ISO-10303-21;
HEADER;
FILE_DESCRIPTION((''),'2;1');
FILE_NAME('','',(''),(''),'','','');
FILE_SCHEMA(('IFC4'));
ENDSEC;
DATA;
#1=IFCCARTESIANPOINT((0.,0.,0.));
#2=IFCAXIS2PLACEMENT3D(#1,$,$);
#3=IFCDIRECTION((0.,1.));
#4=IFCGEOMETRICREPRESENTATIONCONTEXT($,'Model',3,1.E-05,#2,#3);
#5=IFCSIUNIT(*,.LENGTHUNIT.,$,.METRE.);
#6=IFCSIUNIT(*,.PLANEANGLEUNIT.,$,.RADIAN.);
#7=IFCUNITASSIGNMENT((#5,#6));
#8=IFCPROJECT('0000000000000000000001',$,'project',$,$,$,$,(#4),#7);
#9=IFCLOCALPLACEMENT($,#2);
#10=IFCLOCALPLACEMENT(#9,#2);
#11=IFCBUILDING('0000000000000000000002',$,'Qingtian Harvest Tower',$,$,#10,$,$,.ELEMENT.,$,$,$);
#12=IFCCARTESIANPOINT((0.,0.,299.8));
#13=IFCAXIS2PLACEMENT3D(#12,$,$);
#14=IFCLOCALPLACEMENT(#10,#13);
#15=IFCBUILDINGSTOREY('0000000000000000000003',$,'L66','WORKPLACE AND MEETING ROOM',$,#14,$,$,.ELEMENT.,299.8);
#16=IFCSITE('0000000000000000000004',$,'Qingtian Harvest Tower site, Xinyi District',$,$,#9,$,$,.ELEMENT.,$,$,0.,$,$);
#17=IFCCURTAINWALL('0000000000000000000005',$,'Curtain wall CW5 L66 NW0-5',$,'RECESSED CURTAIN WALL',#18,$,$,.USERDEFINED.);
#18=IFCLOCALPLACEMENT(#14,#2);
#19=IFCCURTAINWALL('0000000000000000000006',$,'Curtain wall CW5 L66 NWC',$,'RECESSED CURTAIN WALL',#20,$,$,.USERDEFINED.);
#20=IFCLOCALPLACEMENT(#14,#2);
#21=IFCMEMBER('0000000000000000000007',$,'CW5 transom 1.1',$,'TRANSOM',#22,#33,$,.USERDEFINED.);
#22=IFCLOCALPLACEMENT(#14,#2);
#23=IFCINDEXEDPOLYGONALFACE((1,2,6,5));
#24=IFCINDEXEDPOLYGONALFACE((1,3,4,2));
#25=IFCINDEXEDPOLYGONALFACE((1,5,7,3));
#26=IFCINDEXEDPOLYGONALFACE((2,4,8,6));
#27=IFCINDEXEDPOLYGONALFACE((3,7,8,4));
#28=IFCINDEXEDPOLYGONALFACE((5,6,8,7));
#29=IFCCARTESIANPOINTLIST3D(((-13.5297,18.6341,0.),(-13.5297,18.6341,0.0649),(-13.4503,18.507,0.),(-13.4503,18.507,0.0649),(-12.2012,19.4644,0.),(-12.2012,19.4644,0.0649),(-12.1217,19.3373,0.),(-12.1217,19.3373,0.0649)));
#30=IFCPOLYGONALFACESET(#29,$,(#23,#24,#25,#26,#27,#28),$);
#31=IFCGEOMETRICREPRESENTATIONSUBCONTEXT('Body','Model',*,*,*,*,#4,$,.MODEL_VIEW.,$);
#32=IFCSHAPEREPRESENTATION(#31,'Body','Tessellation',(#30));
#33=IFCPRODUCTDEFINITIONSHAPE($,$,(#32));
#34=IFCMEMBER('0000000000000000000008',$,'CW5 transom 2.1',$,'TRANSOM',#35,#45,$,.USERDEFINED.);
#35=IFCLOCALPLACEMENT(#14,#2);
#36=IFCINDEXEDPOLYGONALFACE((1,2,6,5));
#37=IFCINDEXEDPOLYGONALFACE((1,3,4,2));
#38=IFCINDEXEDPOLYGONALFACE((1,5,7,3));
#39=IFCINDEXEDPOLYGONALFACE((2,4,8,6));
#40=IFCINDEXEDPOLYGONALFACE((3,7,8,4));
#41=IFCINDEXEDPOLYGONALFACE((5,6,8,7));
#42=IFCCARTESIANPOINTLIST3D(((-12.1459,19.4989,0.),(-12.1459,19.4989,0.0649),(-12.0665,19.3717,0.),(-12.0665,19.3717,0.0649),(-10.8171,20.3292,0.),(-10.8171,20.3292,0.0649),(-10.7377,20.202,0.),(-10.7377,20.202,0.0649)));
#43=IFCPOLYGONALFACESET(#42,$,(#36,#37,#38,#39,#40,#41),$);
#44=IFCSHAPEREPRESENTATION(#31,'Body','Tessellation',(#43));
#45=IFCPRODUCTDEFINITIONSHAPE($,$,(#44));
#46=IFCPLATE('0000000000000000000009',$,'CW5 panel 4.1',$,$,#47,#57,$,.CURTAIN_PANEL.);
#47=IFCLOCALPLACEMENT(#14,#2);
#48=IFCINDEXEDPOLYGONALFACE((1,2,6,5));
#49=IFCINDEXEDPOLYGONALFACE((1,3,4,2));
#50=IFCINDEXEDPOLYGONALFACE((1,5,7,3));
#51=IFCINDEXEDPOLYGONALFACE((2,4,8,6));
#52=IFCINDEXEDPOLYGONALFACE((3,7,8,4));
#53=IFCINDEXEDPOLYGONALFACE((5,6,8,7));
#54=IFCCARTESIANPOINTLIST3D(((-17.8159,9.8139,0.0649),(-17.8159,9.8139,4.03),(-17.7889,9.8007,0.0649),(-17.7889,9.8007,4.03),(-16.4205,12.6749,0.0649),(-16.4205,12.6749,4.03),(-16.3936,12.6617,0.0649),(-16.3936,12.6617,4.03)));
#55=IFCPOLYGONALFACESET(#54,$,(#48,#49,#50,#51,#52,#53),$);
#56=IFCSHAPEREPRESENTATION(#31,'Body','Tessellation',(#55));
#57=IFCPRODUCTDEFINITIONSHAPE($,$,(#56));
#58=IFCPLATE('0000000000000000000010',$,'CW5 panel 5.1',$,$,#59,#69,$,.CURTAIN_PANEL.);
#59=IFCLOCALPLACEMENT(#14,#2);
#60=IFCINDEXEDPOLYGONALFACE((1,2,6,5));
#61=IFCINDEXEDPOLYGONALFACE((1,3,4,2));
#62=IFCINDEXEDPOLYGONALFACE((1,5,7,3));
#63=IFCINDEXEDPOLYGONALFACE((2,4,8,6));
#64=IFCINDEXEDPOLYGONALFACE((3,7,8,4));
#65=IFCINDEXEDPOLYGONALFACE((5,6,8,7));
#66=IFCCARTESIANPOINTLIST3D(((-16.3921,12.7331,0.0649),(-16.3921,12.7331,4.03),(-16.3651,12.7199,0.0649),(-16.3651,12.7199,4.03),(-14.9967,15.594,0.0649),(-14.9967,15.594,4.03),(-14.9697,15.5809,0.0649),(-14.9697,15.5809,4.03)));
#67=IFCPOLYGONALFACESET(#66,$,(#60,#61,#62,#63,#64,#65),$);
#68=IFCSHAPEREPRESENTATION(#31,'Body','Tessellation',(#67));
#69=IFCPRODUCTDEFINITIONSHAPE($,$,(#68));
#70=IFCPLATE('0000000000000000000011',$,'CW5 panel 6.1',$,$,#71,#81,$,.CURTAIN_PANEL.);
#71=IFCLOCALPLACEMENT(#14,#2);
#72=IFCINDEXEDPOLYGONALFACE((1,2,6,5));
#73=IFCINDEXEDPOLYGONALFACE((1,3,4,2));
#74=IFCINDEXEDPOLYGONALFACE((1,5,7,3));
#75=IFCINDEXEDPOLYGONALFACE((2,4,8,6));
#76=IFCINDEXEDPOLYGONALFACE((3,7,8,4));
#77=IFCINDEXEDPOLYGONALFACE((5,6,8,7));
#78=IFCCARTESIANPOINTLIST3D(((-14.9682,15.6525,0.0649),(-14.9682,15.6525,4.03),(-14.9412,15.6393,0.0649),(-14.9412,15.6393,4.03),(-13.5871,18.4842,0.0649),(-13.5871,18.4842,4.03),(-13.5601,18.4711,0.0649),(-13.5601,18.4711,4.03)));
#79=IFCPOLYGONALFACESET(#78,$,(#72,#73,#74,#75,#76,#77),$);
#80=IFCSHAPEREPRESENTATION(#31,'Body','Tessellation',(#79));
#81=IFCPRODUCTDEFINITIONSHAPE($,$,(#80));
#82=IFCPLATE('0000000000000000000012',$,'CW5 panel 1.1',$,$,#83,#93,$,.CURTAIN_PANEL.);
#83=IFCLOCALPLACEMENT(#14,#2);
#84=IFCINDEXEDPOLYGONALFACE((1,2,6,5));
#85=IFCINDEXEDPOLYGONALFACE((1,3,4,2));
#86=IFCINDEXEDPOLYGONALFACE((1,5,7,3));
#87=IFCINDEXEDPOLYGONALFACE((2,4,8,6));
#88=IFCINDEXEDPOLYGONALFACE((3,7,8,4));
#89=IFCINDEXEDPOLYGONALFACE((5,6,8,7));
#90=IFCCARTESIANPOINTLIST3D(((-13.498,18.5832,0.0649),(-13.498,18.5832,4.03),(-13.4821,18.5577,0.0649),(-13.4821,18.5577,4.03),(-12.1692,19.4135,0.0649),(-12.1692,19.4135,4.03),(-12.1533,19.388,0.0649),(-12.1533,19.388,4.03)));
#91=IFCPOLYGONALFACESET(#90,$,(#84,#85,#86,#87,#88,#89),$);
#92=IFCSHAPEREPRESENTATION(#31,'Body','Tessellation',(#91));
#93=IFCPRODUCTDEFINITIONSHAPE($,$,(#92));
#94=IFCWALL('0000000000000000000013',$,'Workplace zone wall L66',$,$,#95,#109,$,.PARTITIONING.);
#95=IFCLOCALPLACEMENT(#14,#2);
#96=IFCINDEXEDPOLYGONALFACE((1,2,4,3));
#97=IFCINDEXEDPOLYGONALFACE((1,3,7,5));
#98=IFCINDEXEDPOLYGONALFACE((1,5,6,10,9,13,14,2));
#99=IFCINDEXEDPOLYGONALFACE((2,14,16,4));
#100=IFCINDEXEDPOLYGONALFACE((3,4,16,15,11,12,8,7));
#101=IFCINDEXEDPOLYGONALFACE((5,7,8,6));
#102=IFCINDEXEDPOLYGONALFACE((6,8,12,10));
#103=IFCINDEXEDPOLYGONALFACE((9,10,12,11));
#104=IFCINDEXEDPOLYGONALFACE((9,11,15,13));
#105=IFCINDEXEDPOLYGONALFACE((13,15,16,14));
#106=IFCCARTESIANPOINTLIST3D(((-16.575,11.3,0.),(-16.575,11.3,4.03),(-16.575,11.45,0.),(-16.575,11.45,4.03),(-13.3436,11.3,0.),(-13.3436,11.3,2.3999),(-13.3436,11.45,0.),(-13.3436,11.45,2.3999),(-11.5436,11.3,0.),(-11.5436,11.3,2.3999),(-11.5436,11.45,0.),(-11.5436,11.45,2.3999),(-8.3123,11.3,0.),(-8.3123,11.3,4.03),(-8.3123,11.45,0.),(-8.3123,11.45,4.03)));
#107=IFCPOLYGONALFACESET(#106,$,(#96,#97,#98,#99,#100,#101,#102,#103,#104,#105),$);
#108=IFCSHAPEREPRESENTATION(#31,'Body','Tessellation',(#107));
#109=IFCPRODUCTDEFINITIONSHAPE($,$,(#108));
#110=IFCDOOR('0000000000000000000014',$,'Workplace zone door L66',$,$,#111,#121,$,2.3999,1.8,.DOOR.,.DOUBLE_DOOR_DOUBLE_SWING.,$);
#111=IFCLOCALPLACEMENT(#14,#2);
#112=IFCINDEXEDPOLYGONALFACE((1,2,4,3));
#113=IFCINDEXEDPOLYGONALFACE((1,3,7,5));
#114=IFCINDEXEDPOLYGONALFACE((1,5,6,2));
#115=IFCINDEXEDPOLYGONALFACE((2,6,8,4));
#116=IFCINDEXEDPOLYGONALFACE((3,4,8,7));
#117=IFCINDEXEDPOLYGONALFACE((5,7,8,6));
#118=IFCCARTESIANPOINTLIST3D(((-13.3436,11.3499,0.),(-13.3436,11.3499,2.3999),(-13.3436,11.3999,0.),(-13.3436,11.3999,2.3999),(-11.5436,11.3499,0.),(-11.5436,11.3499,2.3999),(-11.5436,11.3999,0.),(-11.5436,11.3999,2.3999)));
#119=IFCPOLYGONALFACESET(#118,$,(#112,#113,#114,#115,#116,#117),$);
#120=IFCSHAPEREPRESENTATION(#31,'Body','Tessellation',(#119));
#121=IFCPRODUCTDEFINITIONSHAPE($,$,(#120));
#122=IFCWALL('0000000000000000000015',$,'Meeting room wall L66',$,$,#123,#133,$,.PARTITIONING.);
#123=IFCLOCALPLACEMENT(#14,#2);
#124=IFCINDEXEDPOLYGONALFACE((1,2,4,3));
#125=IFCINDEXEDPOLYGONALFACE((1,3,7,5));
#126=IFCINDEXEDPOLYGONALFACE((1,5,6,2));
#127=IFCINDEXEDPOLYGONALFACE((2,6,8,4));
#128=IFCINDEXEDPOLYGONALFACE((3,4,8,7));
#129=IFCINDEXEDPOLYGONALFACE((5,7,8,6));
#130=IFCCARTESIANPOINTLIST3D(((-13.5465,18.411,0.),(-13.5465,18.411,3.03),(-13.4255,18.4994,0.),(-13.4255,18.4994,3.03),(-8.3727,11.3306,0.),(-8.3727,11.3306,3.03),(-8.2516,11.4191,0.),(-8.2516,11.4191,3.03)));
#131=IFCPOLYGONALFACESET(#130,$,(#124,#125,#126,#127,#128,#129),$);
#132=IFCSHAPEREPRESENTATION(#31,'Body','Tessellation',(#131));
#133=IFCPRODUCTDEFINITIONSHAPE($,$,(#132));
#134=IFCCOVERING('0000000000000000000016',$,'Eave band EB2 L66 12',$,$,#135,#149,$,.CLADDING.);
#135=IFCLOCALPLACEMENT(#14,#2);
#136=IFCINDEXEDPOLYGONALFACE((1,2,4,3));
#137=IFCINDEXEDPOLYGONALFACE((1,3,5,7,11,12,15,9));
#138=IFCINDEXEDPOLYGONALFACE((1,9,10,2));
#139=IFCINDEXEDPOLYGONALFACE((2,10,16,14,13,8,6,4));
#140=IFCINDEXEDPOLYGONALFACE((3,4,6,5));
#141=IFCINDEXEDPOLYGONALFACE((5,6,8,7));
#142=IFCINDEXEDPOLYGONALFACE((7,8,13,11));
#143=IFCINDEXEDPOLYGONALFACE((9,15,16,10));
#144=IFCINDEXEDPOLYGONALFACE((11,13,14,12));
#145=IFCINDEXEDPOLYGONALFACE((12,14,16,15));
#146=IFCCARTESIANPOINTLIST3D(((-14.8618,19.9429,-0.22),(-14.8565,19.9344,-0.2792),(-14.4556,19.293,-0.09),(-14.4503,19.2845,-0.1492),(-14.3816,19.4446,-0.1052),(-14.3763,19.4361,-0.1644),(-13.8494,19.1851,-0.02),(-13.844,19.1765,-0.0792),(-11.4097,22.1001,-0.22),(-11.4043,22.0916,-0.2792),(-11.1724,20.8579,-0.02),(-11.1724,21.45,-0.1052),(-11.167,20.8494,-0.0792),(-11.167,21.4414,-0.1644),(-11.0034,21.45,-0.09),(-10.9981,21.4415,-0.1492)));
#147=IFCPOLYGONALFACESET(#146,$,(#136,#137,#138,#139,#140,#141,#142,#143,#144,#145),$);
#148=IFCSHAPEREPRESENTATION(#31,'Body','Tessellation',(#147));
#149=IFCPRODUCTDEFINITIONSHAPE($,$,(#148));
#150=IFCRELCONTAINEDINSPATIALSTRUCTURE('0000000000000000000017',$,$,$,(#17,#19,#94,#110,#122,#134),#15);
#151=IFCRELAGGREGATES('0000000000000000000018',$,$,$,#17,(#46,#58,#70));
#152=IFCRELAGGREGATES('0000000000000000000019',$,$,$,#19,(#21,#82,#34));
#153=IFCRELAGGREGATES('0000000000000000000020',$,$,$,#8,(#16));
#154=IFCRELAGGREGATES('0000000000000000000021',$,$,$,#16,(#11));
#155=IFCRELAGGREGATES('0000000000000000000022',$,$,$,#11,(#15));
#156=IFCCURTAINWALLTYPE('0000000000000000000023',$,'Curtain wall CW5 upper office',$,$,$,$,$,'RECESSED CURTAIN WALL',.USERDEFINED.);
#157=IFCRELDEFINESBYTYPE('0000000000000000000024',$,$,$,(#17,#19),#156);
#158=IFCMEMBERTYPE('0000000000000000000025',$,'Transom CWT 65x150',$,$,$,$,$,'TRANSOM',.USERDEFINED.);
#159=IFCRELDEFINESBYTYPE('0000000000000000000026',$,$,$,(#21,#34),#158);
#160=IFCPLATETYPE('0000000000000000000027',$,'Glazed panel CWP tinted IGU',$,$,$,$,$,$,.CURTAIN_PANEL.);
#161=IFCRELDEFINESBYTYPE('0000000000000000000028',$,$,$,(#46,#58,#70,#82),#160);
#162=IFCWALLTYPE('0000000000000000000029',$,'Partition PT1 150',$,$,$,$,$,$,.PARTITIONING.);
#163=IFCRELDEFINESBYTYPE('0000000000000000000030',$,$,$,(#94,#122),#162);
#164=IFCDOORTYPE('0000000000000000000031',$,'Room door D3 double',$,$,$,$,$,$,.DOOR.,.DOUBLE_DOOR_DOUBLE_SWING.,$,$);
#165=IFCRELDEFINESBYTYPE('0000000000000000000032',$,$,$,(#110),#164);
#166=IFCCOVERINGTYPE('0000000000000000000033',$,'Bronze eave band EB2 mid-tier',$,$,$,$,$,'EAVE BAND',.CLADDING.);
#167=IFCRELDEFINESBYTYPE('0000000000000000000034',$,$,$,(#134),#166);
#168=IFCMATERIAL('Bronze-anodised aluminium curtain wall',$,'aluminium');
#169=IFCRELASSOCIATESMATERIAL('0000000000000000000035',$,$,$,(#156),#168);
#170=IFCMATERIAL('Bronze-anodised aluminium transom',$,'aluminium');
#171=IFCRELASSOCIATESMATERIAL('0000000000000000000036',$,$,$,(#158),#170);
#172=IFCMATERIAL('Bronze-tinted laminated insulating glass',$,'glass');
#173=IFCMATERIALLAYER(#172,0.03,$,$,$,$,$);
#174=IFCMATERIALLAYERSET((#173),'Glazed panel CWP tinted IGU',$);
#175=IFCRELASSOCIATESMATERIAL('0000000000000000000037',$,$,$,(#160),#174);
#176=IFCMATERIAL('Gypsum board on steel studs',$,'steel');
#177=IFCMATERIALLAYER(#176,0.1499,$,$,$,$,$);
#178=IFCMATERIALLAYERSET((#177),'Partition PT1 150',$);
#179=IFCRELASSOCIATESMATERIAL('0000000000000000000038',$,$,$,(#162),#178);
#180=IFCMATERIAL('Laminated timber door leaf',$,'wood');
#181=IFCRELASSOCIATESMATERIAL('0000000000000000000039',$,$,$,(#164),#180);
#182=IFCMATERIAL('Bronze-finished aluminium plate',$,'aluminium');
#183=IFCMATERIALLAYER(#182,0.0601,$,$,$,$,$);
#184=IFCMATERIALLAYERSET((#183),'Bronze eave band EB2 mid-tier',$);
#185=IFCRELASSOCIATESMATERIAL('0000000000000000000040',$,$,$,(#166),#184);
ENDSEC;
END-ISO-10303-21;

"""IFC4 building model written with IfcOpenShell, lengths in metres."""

from ifc_helpers import new_model, si_unit, direction, frame, frame_2d, origin, origin_2d, place, context, subcontext, project, spatial, polyline, rectangle, outline, extrude, material, layer, layer_set, material_profile, profile_set, type_object, element, fill, aggregate, save


model = new_model("IFC4")

# Units and contexts
model_context = context("Model", 3, precision=1e-05, world=origin(), true_north=direction((0.0, 1.0)))
body_context = subcontext(model_context, "Body", "Model", "MODEL_VIEW")
ifc_project = project(units=[si_unit("LENGTHUNIT", "METRE"), si_unit("PLANEANGLEUNIT", "RADIAN")], contexts=[model_context])

# Site, building, storey
site_placement = place(None, origin())
site = spatial("IfcSite", under=ifc_project, at=site_placement, Name="Qingtian Harvest Tower site, Xinyi District", CompositionType="ELEMENT", RefElevation=0.0)
building_placement = place(site_placement, origin())
building = spatial("IfcBuilding", under=site, at=building_placement, Name="Qingtian Harvest Tower", CompositionType="ELEMENT")
storey_placement = place(building_placement, frame((0.0, 0.0, 299.8)))
storey = spatial("IfcBuildingStorey", under=building, at=storey_placement, Name="L66", Description="WORKPLACE AND MEETING ROOM", CompositionType="ELEMENT", Elevation=299.8)

# Curtain walls
ifc_material_1 = material(Name="Bronze-anodised aluminium curtain wall", Category="aluminium")
curtain_wall_type = type_object("IfcCurtainWallType", Name="Curtain wall CW5 upper office", ElementType="RECESSED CURTAIN WALL", PredefinedType="USERDEFINED", material=ifc_material_1)
curtain_wall_1_placement = place(storey_placement, origin())
curtain_wall_1 = element("IfcCurtainWall", 1, at=curtain_wall_1_placement, inside=storey, type_object=curtain_wall_type, Name="Curtain wall CW5 L66 NW0-5", ObjectType="RECESSED CURTAIN WALL", PredefinedType="USERDEFINED")
curtain_wall_2_placement = place(storey_placement, origin())
curtain_wall_2 = element("IfcCurtainWall", 2, at=curtain_wall_2_placement, inside=storey, type_object=curtain_wall_type, Name="Curtain wall CW5 L66 NWC", ObjectType="RECESSED CURTAIN WALL", PredefinedType="USERDEFINED")

# Members
ifc_material_2 = material(Name="Bronze-anodised aluminium transom", Category="aluminium")
ifc_material_profile_1 = material_profile(ifc_material_2, rectangle(XDim=0.1499, YDim=0.0649, at=origin_2d()), Name="AL 65x150")
ifc_profile_set_1 = profile_set([ifc_material_profile_1], Name="Bronze-anodised aluminium transom")
member_type_1 = type_object("IfcMemberType", Name="Transom CWT 65x150", ElementType="TRANSOM", PredefinedType="USERDEFINED", material=ifc_profile_set_1)
member_1_placement = place(storey_placement, frame((-13.49, 18.5706, 0.0325), z_axis=(0.848016, 0.529971, 0.0), x_axis=(-0.529971, 0.848016, 0.0)))
member_1 = element("IfcMember", 3, at=member_1_placement, type_object=member_type_1, Name="CW5 transom 1.1", ObjectType="TRANSOM", PredefinedType="USERDEFINED", context=body_context, shape_type="SweptSolid", body=[
    extrude(rectangle(XDim=0.1499, YDim=0.0649, at=origin_2d()), origin(), (0.0, 0.0, 1.0), 1.5667),
])
member_2_placement = place(storey_placement, frame((-12.1062, 19.4353, 0.0325), z_axis=(0.84806, 0.529901, 0.0), x_axis=(-0.529901, 0.84806, 0.0)))
member_2 = element("IfcMember", 4, at=member_2_placement, type_object=member_type_1, Name="CW5 transom 2.1", ObjectType="TRANSOM", PredefinedType="USERDEFINED", context=body_context, shape_type="SweptSolid", body=[
    extrude(rectangle(XDim=0.1499, YDim=0.0649, at=origin_2d()), origin(), (0.0, 0.0, 1.0), 1.5669),
])

# Plates
ifc_material_3 = material(Name="Bronze-tinted laminated insulating glass", Category="glass")
ifc_layer_1 = layer(ifc_material_3, 0.03)
ifc_layer_set_1 = layer_set([ifc_layer_1], Name="Glazed panel CWP tinted IGU")
plate_type = type_object("IfcPlateType", Name="Glazed panel CWP tinted IGU", PredefinedType="CURTAIN_PANEL", material=ifc_layer_set_1)
plate_1_placement = place(storey_placement, frame((-17.1047, 11.2378, 0.0649), z_axis=(0.0, 0.0, 1.0), x_axis=(0.438371, 0.898794, 0.0)))
plate_1 = element("IfcPlate", 5, at=plate_1_placement, type_object=plate_type, Name="CW5 panel 4.1", PredefinedType="CURTAIN_PANEL", context=body_context, shape_type="SweptSolid", body=[
    extrude(rectangle(XDim=3.1831, YDim=0.03, at=origin_2d()), origin(), (0.0, 0.0, 1.0), 3.9651),
])
plate_2_placement = place(storey_placement, frame((-15.6809, 14.157, 0.0649), z_axis=(0.0, 0.0, 1.0), x_axis=(0.438371, 0.898794, 0.0)))
plate_2 = element("IfcPlate", 6, at=plate_2_placement, type_object=plate_type, Name="CW5 panel 5.1", PredefinedType="CURTAIN_PANEL", context=body_context, shape_type="SweptSolid", body=[
    extrude(rectangle(XDim=3.1831, YDim=0.03, at=origin_2d()), origin(), (0.0, 0.0, 1.0), 3.9651),
])
plate_3_placement = place(storey_placement, frame((-14.2642, 17.0618, 0.0649), z_axis=(0.0, 0.0, 1.0), x_axis=(0.438371, 0.898794, 0.0)))
plate_3 = element("IfcPlate", 7, at=plate_3_placement, type_object=plate_type, Name="CW5 panel 6.1", PredefinedType="CURTAIN_PANEL", context=body_context, shape_type="SweptSolid", body=[
    extrude(rectangle(XDim=3.1506, YDim=0.03, at=origin_2d()), origin(), (0.0, 0.0, 1.0), 3.9651),
])
aggregate(curtain_wall_1, [plate_1, plate_2, plate_3])
plate_4_placement = place(storey_placement, frame((-12.8257, 18.9856, 0.0649), z_axis=(0.0, 0.0, 1.0), x_axis=(0.848048, 0.529919, 0.0)))
plate_4 = element("IfcPlate", 8, at=plate_4_placement, type_object=plate_type, Name="CW5 panel 1.1", PredefinedType="CURTAIN_PANEL", context=body_context, shape_type="SweptSolid", body=[
    extrude(rectangle(XDim=1.5669, YDim=0.03, at=origin_2d()), origin(), (0.0, 0.0, 1.0), 3.9651),
])
aggregate(curtain_wall_2, [member_1, plate_4, member_2])

# Wall, opening, door
ifc_material_4 = material(Name="Gypsum board on steel studs", Category="steel")
ifc_layer_2 = layer(ifc_material_4, 0.1499)
ifc_layer_set_2 = layer_set([ifc_layer_2], Name="Partition PT1 150")
wall_type = type_object("IfcWallType", Name="Partition PT1 150", PredefinedType="PARTITIONING", material=ifc_layer_set_2)
wall_1_placement = place(storey_placement, frame((-16.575, 11.375, 0.0), z_axis=(0.0, 0.0, 1.0), x_axis=(1.0, 0.0, 0.0)))
wall_1 = element("IfcWall", 9, at=wall_1_placement, inside=storey, type_object=wall_type, Name="Workplace zone wall L66", PredefinedType="PARTITIONING", context=body_context, shape_type="SweptSolid", body=[
    extrude(rectangle(XDim=8.2627, YDim=0.1499, at=frame_2d((4.1313, 0.0))), origin(), (0.0, 0.0, 1.0), 4.03),
])
opening_placement = place(wall_1_placement, frame((3.2314, 0.0, 0.0)))
opening = element("IfcOpeningElement", 10, at=opening_placement, cuts=wall_1, PredefinedType="OPENING", context=body_context, shape_type="SweptSolid", body=[
    extrude(rectangle(XDim=1.8, YDim=2.3999, at=frame_2d((0.8999, 1.2))), frame((0.0, 0.085, 0.0), z_axis=(0.0, -1.0, 0.0), x_axis=(1.0, 0.0, 0.0)), (0.0, 0.0, 1.0), 0.1699),
])
ifc_material_5 = material(Name="Laminated timber door leaf", Category="wood")
door_type = type_object("IfcDoorType", Name="Room door D3 double", OperationType="DOUBLE_DOOR_DOUBLE_SWING", PredefinedType="DOOR", material=ifc_material_5)
door_placement = place(opening_placement, origin())
door = element("IfcDoor", 11, at=door_placement, inside=storey, type_object=door_type, Name="Workplace zone door L66", OperationType="DOUBLE_DOOR_DOUBLE_SWING", OverallHeight=2.3999, OverallWidth=1.8, PredefinedType="DOOR", context=body_context, shape_type="SweptSolid", body=[
    extrude(rectangle(XDim=1.8, YDim=2.3999, at=frame_2d((0.8999, 1.2))), frame((0.0, 0.0249, 0.0), z_axis=(0.0, -1.0, 0.0), x_axis=(1.0, 0.0, 0.0)), (0.0, 0.0, 1.0), 0.05),
])
fill(opening, door)

# Wall
wall_2_placement = place(storey_placement, frame((-13.4861, 18.4553, 0.0), z_axis=(0.0, 0.0, 1.0), x_axis=(0.589998, -0.807405, 0.0)))
element("IfcWall", 12, at=wall_2_placement, inside=storey, type_object=wall_type, Name="Meeting room wall L66", PredefinedType="PARTITIONING", context=body_context, shape_type="SweptSolid", body=[
    extrude(rectangle(XDim=8.7693, YDim=0.1499, at=frame_2d((4.3848, 0.0))), origin(), (0.0, 0.0, 1.0), 3.03),
])

# Covering
ifc_material_6 = material(Name="Bronze-finished aluminium plate", Category="aluminium")
ifc_layer_3 = layer(ifc_material_6, 0.0601)
ifc_layer_set_3 = layer_set([ifc_layer_3], Name="Bronze eave band EB2 mid-tier")
covering_type = type_object("IfcCoveringType", Name="Bronze eave band EB2 mid-tier", ElementType="EAVE BAND", PredefinedType="CLADDING", material=ifc_layer_set_3)
covering_placement = place(storey_placement, frame((-13.8494, 19.1851, -0.02), z_axis=(-0.088588, 0.14177, 0.985928), x_axis=(-0.889682, 0.433833, -0.142322)))
element("IfcCovering", 13, at=covering_placement, inside=storey, type_object=covering_type, Name="Eave band EB2 L66 12", PredefinedType="CLADDING", context=body_context, shape_type="SweptSolid", body=[
    extrude(outline(polyline([(0.0, 0.0), (0.5982, 0.0), (0.5961, 0.1694), (1.258, -0.2383), (-0.8775, -3.704), (-1.5394, -3.2961), (-1.387, -3.2217), (-1.6559, -2.6875), (0.0, 0.0)])), origin(), (0.0, 0.0, -1.0), 0.0601),
])

save(model, "model.ifc")
